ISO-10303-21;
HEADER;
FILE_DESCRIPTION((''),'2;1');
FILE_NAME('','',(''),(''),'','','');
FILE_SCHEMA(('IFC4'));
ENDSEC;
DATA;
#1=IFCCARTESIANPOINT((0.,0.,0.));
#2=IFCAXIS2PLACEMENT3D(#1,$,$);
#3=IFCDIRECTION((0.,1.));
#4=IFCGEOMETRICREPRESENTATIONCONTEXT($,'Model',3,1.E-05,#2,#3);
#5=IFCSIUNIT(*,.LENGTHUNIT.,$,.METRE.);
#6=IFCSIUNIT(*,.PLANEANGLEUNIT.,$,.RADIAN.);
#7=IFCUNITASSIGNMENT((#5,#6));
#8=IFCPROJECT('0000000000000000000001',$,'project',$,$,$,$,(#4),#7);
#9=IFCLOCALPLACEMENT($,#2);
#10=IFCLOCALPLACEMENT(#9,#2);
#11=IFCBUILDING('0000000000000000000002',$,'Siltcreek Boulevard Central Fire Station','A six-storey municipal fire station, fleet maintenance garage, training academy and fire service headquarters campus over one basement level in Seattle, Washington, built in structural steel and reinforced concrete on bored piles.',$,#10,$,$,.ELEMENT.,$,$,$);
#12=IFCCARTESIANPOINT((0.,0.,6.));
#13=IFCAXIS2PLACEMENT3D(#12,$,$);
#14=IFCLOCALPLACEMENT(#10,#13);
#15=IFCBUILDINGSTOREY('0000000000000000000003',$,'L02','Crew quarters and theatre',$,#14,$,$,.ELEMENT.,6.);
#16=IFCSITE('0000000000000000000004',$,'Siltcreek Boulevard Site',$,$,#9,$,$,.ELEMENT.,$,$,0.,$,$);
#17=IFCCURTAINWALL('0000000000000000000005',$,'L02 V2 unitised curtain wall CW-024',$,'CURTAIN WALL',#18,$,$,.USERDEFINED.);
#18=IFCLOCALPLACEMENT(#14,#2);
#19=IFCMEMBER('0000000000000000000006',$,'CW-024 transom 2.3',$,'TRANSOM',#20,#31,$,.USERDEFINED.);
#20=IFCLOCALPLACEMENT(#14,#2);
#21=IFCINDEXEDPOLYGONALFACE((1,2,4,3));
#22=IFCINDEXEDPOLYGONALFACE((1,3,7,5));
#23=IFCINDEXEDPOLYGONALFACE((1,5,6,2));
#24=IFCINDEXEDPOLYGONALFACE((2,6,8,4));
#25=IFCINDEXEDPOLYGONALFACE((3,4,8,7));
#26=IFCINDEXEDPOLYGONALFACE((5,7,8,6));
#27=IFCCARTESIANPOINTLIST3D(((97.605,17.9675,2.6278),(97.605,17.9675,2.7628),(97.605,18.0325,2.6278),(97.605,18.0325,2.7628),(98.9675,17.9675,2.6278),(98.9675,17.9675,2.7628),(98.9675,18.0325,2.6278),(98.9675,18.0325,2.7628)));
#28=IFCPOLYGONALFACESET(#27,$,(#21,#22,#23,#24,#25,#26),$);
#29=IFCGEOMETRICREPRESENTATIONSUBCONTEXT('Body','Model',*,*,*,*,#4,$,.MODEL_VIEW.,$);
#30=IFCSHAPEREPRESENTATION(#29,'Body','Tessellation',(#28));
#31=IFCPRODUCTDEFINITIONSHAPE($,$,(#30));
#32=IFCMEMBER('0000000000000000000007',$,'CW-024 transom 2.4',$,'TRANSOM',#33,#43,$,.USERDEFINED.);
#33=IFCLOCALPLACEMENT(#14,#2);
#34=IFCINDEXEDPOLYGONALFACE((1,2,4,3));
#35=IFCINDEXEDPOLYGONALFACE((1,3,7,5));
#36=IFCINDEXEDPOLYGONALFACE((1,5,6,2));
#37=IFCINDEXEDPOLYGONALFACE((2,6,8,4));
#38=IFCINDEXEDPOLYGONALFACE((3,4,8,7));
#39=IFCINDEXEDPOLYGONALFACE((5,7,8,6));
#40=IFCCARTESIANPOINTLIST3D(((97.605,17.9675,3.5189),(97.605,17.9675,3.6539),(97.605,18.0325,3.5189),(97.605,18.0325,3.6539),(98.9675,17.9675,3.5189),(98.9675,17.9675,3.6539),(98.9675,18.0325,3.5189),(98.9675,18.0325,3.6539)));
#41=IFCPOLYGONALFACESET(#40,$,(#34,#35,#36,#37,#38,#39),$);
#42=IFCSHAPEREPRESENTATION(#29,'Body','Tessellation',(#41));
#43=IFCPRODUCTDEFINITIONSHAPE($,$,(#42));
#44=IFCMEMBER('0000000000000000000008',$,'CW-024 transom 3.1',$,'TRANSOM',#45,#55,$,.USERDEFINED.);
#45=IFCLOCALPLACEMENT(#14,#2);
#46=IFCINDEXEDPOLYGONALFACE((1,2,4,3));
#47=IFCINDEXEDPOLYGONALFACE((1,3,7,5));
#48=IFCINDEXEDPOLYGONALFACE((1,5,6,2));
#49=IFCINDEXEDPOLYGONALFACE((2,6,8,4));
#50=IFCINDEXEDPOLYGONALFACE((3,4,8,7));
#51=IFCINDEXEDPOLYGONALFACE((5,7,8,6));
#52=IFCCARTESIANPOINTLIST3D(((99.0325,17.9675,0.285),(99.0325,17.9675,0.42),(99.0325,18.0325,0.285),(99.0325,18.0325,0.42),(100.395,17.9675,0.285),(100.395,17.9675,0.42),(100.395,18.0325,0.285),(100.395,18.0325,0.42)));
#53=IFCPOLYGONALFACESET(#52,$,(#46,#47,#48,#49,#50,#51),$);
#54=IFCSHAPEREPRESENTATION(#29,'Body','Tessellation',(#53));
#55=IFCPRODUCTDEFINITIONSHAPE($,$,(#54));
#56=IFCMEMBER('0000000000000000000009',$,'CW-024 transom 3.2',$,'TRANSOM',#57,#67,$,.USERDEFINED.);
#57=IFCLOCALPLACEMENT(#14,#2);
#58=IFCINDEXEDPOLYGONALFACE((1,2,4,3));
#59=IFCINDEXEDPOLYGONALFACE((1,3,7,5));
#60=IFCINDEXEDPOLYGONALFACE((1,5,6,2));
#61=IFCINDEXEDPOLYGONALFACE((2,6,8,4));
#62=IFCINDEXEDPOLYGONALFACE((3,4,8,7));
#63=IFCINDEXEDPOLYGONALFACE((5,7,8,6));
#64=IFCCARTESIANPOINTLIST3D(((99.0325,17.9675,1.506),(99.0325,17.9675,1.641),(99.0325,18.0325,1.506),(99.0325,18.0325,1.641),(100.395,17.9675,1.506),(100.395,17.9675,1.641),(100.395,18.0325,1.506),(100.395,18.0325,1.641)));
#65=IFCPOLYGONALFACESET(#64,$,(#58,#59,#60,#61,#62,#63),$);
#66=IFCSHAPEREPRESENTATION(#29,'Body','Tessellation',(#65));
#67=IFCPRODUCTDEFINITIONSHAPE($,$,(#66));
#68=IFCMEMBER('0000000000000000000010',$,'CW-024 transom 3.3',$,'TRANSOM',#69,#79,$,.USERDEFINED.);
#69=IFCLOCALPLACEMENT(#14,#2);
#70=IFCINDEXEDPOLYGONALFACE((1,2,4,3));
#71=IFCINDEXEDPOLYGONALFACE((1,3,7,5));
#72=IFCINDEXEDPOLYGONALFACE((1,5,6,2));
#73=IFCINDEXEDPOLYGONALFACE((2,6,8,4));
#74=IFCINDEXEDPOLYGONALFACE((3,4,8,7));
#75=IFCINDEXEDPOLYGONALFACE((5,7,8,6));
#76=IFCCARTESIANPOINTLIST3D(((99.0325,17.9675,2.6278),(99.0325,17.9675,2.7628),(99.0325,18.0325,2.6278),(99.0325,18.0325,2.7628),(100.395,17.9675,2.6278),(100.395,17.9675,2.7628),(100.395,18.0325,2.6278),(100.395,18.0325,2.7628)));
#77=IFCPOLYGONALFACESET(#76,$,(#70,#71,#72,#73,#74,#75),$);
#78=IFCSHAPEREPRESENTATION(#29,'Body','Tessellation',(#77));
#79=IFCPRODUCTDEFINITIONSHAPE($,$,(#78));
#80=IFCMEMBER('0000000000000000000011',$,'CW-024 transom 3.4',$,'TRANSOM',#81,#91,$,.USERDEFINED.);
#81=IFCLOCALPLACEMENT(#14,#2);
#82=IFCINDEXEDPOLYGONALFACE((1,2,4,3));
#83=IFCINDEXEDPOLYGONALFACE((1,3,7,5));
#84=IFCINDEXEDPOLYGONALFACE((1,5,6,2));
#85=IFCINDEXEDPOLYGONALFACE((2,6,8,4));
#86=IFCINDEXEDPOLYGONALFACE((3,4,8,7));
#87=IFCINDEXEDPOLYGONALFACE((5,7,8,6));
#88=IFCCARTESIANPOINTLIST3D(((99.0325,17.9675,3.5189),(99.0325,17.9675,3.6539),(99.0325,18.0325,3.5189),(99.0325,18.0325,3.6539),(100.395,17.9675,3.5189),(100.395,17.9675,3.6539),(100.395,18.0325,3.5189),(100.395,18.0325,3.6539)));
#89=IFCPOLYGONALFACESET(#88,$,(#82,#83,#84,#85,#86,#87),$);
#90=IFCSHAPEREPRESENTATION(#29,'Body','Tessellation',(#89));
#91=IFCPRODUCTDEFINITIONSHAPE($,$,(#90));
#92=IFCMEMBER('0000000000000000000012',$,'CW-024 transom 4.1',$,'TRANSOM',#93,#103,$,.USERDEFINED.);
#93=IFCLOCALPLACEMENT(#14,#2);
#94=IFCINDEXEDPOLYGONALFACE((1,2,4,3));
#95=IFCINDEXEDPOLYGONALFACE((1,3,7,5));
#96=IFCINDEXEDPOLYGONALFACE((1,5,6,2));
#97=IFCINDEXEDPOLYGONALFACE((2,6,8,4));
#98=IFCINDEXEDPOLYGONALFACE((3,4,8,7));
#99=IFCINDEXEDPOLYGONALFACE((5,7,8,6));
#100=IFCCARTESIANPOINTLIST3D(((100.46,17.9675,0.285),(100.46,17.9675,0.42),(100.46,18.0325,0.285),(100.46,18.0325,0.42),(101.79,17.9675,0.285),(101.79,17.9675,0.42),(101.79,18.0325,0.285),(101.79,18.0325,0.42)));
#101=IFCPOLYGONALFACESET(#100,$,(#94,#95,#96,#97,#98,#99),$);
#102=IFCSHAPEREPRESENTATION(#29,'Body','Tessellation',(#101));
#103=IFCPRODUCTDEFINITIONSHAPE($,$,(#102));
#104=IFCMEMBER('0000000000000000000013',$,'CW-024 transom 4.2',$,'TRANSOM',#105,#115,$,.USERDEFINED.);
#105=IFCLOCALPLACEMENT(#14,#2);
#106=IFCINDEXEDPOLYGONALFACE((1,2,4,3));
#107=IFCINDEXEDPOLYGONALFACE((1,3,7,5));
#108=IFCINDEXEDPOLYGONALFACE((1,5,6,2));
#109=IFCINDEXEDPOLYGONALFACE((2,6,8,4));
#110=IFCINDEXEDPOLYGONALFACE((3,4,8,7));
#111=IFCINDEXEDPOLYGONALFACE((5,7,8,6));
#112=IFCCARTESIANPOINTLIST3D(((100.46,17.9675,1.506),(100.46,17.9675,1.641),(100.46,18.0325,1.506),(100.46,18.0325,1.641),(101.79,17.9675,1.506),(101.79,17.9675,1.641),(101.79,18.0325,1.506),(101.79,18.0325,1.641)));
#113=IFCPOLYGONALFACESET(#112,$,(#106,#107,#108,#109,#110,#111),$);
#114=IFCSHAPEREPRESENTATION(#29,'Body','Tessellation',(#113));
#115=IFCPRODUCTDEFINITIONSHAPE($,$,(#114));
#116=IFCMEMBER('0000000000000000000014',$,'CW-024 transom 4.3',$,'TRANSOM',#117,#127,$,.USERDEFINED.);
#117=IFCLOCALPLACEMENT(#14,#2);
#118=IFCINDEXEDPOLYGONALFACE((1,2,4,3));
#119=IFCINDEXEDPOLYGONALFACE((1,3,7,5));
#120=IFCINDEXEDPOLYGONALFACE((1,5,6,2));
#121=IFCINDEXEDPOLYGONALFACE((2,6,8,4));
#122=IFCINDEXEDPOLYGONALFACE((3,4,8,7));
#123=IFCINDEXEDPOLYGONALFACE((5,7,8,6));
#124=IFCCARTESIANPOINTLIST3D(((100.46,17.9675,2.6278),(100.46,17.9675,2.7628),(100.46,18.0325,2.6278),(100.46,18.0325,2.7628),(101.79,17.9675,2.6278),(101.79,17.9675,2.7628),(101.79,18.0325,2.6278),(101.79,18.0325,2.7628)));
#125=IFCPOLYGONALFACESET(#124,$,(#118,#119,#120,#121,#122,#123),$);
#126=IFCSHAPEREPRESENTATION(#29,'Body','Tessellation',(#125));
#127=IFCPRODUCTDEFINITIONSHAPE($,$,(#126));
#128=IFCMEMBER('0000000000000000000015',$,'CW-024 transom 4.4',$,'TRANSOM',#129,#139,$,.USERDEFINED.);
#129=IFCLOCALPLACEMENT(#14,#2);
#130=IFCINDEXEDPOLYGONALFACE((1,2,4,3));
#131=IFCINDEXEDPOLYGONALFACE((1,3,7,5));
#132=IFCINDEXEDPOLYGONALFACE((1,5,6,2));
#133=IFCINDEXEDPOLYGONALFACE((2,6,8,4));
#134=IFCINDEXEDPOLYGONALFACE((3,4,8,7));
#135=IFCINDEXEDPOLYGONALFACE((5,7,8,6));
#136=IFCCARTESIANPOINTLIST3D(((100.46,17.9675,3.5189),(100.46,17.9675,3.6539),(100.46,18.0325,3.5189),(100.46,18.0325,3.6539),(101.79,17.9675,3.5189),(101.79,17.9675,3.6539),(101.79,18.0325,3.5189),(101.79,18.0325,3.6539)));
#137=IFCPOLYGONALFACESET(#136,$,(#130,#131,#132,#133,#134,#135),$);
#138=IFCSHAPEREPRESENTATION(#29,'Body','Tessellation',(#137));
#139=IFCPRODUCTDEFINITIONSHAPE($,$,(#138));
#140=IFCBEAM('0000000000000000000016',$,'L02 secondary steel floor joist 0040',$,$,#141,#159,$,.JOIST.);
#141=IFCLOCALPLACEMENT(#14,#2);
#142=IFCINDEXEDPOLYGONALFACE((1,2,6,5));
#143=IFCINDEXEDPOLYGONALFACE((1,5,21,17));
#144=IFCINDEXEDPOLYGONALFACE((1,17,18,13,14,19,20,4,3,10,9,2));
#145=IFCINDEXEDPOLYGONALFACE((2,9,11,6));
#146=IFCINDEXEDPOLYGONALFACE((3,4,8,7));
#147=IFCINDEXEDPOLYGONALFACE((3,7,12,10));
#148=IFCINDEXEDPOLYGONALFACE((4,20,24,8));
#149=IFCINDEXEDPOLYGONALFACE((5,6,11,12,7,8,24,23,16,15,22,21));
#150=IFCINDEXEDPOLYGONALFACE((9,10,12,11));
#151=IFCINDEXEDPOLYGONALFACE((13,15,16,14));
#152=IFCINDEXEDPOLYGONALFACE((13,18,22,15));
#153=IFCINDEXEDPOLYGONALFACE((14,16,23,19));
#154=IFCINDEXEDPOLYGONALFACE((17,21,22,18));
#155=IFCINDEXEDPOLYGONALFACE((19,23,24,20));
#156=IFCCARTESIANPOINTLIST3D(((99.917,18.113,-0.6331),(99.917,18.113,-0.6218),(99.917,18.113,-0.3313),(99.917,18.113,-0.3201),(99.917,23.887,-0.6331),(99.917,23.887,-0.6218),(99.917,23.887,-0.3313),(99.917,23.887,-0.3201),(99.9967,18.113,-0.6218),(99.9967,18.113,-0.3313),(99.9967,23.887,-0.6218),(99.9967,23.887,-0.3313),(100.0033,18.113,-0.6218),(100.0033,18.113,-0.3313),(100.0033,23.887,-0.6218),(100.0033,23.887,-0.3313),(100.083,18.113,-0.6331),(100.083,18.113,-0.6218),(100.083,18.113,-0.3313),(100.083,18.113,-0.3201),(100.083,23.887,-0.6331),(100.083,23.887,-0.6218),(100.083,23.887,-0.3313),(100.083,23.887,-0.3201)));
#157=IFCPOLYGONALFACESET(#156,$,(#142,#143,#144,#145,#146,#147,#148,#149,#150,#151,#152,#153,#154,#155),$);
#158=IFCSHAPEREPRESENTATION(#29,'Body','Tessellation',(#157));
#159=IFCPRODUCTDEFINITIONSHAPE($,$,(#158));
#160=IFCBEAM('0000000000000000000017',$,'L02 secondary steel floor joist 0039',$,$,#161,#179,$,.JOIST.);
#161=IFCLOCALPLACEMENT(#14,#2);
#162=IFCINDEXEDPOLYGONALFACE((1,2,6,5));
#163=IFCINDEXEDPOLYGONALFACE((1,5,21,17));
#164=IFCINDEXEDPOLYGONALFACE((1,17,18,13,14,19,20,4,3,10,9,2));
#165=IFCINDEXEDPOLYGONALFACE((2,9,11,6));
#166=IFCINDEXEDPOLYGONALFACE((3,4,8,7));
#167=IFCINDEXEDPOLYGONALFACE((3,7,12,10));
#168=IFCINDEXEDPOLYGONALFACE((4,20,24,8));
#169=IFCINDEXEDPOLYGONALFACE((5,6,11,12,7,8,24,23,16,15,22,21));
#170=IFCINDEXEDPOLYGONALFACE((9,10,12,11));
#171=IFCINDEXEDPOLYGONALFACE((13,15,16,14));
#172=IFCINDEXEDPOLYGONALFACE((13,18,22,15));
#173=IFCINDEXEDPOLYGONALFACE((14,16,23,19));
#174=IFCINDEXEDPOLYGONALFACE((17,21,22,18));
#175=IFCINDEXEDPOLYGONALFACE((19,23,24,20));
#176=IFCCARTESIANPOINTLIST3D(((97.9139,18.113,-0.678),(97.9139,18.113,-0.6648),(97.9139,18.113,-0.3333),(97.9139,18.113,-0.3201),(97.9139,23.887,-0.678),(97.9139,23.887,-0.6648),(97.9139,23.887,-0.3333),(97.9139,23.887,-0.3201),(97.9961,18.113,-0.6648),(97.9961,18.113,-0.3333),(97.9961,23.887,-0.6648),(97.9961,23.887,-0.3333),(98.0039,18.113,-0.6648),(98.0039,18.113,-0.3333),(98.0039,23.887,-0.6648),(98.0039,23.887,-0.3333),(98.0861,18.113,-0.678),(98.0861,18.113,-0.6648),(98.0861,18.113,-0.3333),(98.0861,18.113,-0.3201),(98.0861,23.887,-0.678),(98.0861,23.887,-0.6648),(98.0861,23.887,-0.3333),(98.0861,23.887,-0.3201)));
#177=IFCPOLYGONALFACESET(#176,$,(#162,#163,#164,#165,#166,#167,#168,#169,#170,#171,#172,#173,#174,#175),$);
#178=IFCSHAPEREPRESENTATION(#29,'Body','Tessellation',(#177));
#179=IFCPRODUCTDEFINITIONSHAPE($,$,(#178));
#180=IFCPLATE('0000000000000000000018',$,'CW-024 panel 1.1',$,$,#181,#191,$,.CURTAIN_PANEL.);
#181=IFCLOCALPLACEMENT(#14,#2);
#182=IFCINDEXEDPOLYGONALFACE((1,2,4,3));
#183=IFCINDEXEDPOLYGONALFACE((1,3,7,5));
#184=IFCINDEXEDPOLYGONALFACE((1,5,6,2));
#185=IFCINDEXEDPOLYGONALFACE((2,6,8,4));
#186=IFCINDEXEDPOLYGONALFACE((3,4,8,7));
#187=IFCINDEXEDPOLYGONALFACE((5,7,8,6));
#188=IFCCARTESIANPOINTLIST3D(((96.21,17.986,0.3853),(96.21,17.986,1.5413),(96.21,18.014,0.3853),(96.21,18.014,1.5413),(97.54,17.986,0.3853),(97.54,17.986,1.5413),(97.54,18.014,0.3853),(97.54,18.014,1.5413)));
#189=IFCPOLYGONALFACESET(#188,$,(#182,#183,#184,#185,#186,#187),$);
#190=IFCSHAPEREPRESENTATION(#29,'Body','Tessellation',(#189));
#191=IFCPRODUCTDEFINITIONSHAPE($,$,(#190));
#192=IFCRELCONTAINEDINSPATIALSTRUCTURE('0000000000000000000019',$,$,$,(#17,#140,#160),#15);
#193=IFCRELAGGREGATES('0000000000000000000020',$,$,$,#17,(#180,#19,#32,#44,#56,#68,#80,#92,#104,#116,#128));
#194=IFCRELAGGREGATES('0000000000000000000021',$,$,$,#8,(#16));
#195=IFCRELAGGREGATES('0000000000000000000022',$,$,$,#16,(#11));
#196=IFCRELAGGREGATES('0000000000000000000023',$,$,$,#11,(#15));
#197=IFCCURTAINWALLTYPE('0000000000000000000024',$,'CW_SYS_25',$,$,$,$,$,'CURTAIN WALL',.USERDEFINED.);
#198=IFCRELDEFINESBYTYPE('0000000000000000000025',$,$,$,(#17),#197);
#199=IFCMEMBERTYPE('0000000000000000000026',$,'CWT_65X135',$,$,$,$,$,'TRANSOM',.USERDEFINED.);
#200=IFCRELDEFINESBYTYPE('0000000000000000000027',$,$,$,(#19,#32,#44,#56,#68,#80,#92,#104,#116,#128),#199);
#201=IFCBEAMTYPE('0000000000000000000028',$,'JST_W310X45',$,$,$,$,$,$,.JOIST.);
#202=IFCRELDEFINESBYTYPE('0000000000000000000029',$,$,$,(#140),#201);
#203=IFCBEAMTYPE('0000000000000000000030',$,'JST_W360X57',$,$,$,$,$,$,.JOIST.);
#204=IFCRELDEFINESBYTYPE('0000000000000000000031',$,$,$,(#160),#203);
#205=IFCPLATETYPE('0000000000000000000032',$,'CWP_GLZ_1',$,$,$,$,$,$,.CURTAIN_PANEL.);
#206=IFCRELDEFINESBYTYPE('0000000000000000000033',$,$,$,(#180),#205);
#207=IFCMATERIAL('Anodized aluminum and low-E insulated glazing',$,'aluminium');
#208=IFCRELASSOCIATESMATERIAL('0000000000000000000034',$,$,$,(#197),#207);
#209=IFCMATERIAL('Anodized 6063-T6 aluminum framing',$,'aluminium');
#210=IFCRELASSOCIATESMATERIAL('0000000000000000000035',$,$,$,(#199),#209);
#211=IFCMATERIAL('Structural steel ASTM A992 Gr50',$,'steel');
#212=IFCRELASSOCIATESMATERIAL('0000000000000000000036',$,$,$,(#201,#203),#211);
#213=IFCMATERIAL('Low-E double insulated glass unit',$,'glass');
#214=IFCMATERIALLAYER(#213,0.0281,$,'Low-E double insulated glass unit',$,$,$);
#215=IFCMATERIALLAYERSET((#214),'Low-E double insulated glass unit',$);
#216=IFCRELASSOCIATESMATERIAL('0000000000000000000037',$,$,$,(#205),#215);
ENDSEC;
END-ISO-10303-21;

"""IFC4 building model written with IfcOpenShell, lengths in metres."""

from ifc_helpers import new_model, si_unit, direction, frame, origin, origin_2d, place, context, subcontext, project, spatial, rectangle, i_section, extrude, material, layer, layer_set, material_profile, profile_set, type_object, element, aggregate, save


model = new_model("IFC4")

# Units and contexts
model_context = context("Model", 3, precision=1e-05, world=origin(), true_north=direction((0.0, 1.0)))
body_context = subcontext(model_context, "Body", "Model", "MODEL_VIEW")
ifc_project = project(units=[si_unit("LENGTHUNIT", "METRE"), si_unit("PLANEANGLEUNIT", "RADIAN")], contexts=[model_context])

# Site, building, storey
site_placement = place(None, origin())
site = spatial("IfcSite", under=ifc_project, at=site_placement, Name="Siltcreek Boulevard Site", CompositionType="ELEMENT", RefElevation=0.0)
building_placement = place(site_placement, origin())
building = spatial("IfcBuilding", under=site, at=building_placement, Name="Siltcreek Boulevard Central Fire Station", Description="A six-storey municipal fire station, fleet maintenance garage, training academy and fire service headquarters campus over one basement level in Seattle, Washington, built in structural steel and reinforced concrete on bored piles.", CompositionType="ELEMENT")
storey_placement = place(building_placement, frame((0.0, 0.0, 6.0)))
storey = spatial("IfcBuildingStorey", under=building, at=storey_placement, Name="L02", Description="Crew quarters and theatre", CompositionType="ELEMENT", Elevation=6.0)

# Shared definitions
ifc_material_1 = material(Name="Structural steel ASTM A992 Gr50", Category="steel")

# Curtain wall, members
ifc_material_2 = material(Name="Anodized aluminum and low-E insulated glazing", Category="aluminium")
curtain_wall_type = type_object("IfcCurtainWallType", Name="CW_SYS_25", ElementType="CURTAIN WALL", PredefinedType="USERDEFINED", material=ifc_material_2)
curtain_wall_placement = place(storey_placement, origin())
curtain_wall = element("IfcCurtainWall", 1, at=curtain_wall_placement, inside=storey, type_object=curtain_wall_type, Name="L02 V2 unitised curtain wall CW-024", ObjectType="CURTAIN WALL", PredefinedType="USERDEFINED")
ifc_material_3 = material(Name="Anodized 6063-T6 aluminum framing", Category="aluminium")
ifc_material_profile_1 = material_profile(ifc_material_3, rectangle(XDim=0.0649, YDim=0.135, at=origin_2d()), Name="TRAN65X135")
ifc_profile_set_1 = profile_set([ifc_material_profile_1], Name="Anodized 6063-T6 aluminum framing")
member_type_1 = type_object("IfcMemberType", Name="CWT_65X135", ElementType="TRANSOM", PredefinedType="USERDEFINED", material=ifc_profile_set_1)
member_1_placement = place(storey_placement, frame((97.605, 18.0, 2.6953), z_axis=(1.0, 0.0, 0.0), x_axis=(0.0, 1.0, 0.0)))
member_1 = element("IfcMember", 2, at=member_1_placement, type_object=member_type_1, Name="CW-024 transom 2.3", ObjectType="TRANSOM", PredefinedType="USERDEFINED", context=body_context, shape_type="SweptSolid", body=[
    extrude(rectangle(XDim=0.0649, YDim=0.135, at=origin_2d()), origin(), (0.0, 0.0, 1.0), 1.3625),
])
member_2_placement = place(storey_placement, frame((97.605, 18.0, 3.5864), z_axis=(1.0, 0.0, 0.0), x_axis=(0.0, 1.0, 0.0)))
member_2 = element("IfcMember", 3, at=member_2_placement, type_object=member_type_1, Name="CW-024 transom 2.4", ObjectType="TRANSOM", PredefinedType="USERDEFINED", context=body_context, shape_type="SweptSolid", body=[
    extrude(rectangle(XDim=0.0649, YDim=0.135, at=origin_2d()), origin(), (0.0, 0.0, 1.0), 1.3625),
])
member_3_placement = place(storey_placement, frame((99.0325, 18.0, 0.3525), z_axis=(1.0, 0.0, 0.0), x_axis=(0.0, 1.0, 0.0)))
member_3 = element("IfcMember", 4, at=member_3_placement, type_object=member_type_1, Name="CW-024 transom 3.1", ObjectType="TRANSOM", PredefinedType="USERDEFINED", context=body_context, shape_type="SweptSolid", body=[
    extrude(rectangle(XDim=0.0649, YDim=0.135, at=origin_2d()), origin(), (0.0, 0.0, 1.0), 1.3625),
])
member_4_placement = place(storey_placement, frame((99.0325, 18.0, 1.5735), z_axis=(1.0, 0.0, 0.0), x_axis=(0.0, 1.0, 0.0)))
member_4 = element("IfcMember", 5, at=member_4_placement, type_object=member_type_1, Name="CW-024 transom 3.2", ObjectType="TRANSOM", PredefinedType="USERDEFINED", context=body_context, shape_type="SweptSolid", body=[
    extrude(rectangle(XDim=0.0649, YDim=0.135, at=origin_2d()), origin(), (0.0, 0.0, 1.0), 1.3625),
])
member_5_placement = place(storey_placement, frame((99.0325, 18.0, 2.6953), z_axis=(1.0, 0.0, 0.0), x_axis=(0.0, 1.0, 0.0)))
member_5 = element("IfcMember", 6, at=member_5_placement, type_object=member_type_1, Name="CW-024 transom 3.3", ObjectType="TRANSOM", PredefinedType="USERDEFINED", context=body_context, shape_type="SweptSolid", body=[
    extrude(rectangle(XDim=0.0649, YDim=0.135, at=origin_2d()), origin(), (0.0, 0.0, 1.0), 1.3625),
])
member_6_placement = place(storey_placement, frame((99.0325, 18.0, 3.5864), z_axis=(1.0, 0.0, 0.0), x_axis=(0.0, 1.0, 0.0)))
member_6 = element("IfcMember", 7, at=member_6_placement, type_object=member_type_1, Name="CW-024 transom 3.4", ObjectType="TRANSOM", PredefinedType="USERDEFINED", context=body_context, shape_type="SweptSolid", body=[
    extrude(rectangle(XDim=0.0649, YDim=0.135, at=origin_2d()), origin(), (0.0, 0.0, 1.0), 1.3625),
])
member_7_placement = place(storey_placement, frame((100.46, 18.0, 0.3525), z_axis=(1.0, 0.0, 0.0), x_axis=(0.0, 1.0, 0.0)))
member_7 = element("IfcMember", 8, at=member_7_placement, type_object=member_type_1, Name="CW-024 transom 4.1", ObjectType="TRANSOM", PredefinedType="USERDEFINED", context=body_context, shape_type="SweptSolid", body=[
    extrude(rectangle(XDim=0.0649, YDim=0.135, at=origin_2d()), origin(), (0.0, 0.0, 1.0), 1.3301),
])
member_8_placement = place(storey_placement, frame((100.46, 18.0, 1.5735), z_axis=(1.0, 0.0, 0.0), x_axis=(0.0, 1.0, 0.0)))
member_8 = element("IfcMember", 9, at=member_8_placement, type_object=member_type_1, Name="CW-024 transom 4.2", ObjectType="TRANSOM", PredefinedType="USERDEFINED", context=body_context, shape_type="SweptSolid", body=[
    extrude(rectangle(XDim=0.0649, YDim=0.135, at=origin_2d()), origin(), (0.0, 0.0, 1.0), 1.3301),
])
member_9_placement = place(storey_placement, frame((100.46, 18.0, 2.6953), z_axis=(1.0, 0.0, 0.0), x_axis=(0.0, 1.0, 0.0)))
member_9 = element("IfcMember", 10, at=member_9_placement, type_object=member_type_1, Name="CW-024 transom 4.3", ObjectType="TRANSOM", PredefinedType="USERDEFINED", context=body_context, shape_type="SweptSolid", body=[
    extrude(rectangle(XDim=0.0649, YDim=0.135, at=origin_2d()), origin(), (0.0, 0.0, 1.0), 1.3301),
])
member_10_placement = place(storey_placement, frame((100.46, 18.0, 3.5864), z_axis=(1.0, 0.0, 0.0), x_axis=(0.0, 1.0, 0.0)))
member_10 = element("IfcMember", 11, at=member_10_placement, type_object=member_type_1, Name="CW-024 transom 4.4", ObjectType="TRANSOM", PredefinedType="USERDEFINED", context=body_context, shape_type="SweptSolid", body=[
    extrude(rectangle(XDim=0.0649, YDim=0.135, at=origin_2d()), origin(), (0.0, 0.0, 1.0), 1.3301),
])

# Beams
ifc_material_profile_2 = material_profile(ifc_material_1, i_section(OverallWidth=0.166, OverallDepth=0.313, WebThickness=0.0066, FlangeThickness=0.0112, at=origin_2d()), Name="W310X45")
ifc_profile_set_2 = profile_set([ifc_material_profile_2], Name="Structural steel ASTM A992 Gr50")
beam_type_1 = type_object("IfcBeamType", Name="JST_W310X45", PredefinedType="JOIST", material=ifc_profile_set_2)
beam_1_placement = place(storey_placement, frame((100.0, 18.113, -0.4766), z_axis=(0.0, 1.0, 0.0), x_axis=(-1.0, 0.0, 0.0)))
element("IfcBeam", 12, at=beam_1_placement, inside=storey, type_object=beam_type_1, Name="L02 secondary steel floor joist 0040", PredefinedType="JOIST", context=body_context, shape_type="SweptSolid", body=[
    extrude(i_section(OverallWidth=0.166, OverallDepth=0.313, WebThickness=0.0066, FlangeThickness=0.0112, at=origin_2d()), origin(), (0.0, 0.0, 1.0), 5.7739),
])
ifc_material_profile_3 = material_profile(ifc_material_1, i_section(OverallWidth=0.1721, OverallDepth=0.3579, WebThickness=0.0078, FlangeThickness=0.0132, at=origin_2d()), Name="W360X57")
ifc_profile_set_3 = profile_set([ifc_material_profile_3], Name="Structural steel ASTM A992 Gr50")
beam_type_2 = type_object("IfcBeamType", Name="JST_W360X57", PredefinedType="JOIST", material=ifc_profile_set_3)
beam_2_placement = place(storey_placement, frame((98.0, 18.113, -0.499), z_axis=(0.0, 1.0, 0.0), x_axis=(-1.0, 0.0, 0.0)))
element("IfcBeam", 13, at=beam_2_placement, inside=storey, type_object=beam_type_2, Name="L02 secondary steel floor joist 0039", PredefinedType="JOIST", context=body_context, shape_type="SweptSolid", body=[
    extrude(i_section(OverallWidth=0.1721, OverallDepth=0.3579, WebThickness=0.0078, FlangeThickness=0.0132, at=origin_2d()), origin(), (0.0, 0.0, 1.0), 5.7739),
])

# Plate
ifc_material_4 = material(Name="Low-E double insulated glass unit", Category="glass")
ifc_layer_1 = layer(ifc_material_4, 0.0281, Name="Low-E double insulated glass unit")
ifc_layer_set_1 = layer_set([ifc_layer_1], Name="Low-E double insulated glass unit")
plate_type = type_object("IfcPlateType", Name="CWP_GLZ_1", PredefinedType="CURTAIN_PANEL", material=ifc_layer_set_1)
plate_1_placement = place(storey_placement, frame((96.875, 18.0, 0.3853), z_axis=(0.0, 0.0, 1.0), x_axis=(1.0, 0.0, 0.0)))
plate_1 = element("IfcPlate", 14, at=plate_1_placement, type_object=plate_type, Name="CW-024 panel 1.1", PredefinedType="CURTAIN_PANEL", context=body_context, shape_type="SweptSolid", body=[
    extrude(rectangle(XDim=1.3301, YDim=0.0281, at=origin_2d()), origin(), (0.0, 0.0, 1.0), 1.156),
])
aggregate(curtain_wall, [plate_1, member_1, member_2, member_3, member_4, member_5, member_6, member_7, member_8, member_9, member_10])

save(model, "model.ifc")
